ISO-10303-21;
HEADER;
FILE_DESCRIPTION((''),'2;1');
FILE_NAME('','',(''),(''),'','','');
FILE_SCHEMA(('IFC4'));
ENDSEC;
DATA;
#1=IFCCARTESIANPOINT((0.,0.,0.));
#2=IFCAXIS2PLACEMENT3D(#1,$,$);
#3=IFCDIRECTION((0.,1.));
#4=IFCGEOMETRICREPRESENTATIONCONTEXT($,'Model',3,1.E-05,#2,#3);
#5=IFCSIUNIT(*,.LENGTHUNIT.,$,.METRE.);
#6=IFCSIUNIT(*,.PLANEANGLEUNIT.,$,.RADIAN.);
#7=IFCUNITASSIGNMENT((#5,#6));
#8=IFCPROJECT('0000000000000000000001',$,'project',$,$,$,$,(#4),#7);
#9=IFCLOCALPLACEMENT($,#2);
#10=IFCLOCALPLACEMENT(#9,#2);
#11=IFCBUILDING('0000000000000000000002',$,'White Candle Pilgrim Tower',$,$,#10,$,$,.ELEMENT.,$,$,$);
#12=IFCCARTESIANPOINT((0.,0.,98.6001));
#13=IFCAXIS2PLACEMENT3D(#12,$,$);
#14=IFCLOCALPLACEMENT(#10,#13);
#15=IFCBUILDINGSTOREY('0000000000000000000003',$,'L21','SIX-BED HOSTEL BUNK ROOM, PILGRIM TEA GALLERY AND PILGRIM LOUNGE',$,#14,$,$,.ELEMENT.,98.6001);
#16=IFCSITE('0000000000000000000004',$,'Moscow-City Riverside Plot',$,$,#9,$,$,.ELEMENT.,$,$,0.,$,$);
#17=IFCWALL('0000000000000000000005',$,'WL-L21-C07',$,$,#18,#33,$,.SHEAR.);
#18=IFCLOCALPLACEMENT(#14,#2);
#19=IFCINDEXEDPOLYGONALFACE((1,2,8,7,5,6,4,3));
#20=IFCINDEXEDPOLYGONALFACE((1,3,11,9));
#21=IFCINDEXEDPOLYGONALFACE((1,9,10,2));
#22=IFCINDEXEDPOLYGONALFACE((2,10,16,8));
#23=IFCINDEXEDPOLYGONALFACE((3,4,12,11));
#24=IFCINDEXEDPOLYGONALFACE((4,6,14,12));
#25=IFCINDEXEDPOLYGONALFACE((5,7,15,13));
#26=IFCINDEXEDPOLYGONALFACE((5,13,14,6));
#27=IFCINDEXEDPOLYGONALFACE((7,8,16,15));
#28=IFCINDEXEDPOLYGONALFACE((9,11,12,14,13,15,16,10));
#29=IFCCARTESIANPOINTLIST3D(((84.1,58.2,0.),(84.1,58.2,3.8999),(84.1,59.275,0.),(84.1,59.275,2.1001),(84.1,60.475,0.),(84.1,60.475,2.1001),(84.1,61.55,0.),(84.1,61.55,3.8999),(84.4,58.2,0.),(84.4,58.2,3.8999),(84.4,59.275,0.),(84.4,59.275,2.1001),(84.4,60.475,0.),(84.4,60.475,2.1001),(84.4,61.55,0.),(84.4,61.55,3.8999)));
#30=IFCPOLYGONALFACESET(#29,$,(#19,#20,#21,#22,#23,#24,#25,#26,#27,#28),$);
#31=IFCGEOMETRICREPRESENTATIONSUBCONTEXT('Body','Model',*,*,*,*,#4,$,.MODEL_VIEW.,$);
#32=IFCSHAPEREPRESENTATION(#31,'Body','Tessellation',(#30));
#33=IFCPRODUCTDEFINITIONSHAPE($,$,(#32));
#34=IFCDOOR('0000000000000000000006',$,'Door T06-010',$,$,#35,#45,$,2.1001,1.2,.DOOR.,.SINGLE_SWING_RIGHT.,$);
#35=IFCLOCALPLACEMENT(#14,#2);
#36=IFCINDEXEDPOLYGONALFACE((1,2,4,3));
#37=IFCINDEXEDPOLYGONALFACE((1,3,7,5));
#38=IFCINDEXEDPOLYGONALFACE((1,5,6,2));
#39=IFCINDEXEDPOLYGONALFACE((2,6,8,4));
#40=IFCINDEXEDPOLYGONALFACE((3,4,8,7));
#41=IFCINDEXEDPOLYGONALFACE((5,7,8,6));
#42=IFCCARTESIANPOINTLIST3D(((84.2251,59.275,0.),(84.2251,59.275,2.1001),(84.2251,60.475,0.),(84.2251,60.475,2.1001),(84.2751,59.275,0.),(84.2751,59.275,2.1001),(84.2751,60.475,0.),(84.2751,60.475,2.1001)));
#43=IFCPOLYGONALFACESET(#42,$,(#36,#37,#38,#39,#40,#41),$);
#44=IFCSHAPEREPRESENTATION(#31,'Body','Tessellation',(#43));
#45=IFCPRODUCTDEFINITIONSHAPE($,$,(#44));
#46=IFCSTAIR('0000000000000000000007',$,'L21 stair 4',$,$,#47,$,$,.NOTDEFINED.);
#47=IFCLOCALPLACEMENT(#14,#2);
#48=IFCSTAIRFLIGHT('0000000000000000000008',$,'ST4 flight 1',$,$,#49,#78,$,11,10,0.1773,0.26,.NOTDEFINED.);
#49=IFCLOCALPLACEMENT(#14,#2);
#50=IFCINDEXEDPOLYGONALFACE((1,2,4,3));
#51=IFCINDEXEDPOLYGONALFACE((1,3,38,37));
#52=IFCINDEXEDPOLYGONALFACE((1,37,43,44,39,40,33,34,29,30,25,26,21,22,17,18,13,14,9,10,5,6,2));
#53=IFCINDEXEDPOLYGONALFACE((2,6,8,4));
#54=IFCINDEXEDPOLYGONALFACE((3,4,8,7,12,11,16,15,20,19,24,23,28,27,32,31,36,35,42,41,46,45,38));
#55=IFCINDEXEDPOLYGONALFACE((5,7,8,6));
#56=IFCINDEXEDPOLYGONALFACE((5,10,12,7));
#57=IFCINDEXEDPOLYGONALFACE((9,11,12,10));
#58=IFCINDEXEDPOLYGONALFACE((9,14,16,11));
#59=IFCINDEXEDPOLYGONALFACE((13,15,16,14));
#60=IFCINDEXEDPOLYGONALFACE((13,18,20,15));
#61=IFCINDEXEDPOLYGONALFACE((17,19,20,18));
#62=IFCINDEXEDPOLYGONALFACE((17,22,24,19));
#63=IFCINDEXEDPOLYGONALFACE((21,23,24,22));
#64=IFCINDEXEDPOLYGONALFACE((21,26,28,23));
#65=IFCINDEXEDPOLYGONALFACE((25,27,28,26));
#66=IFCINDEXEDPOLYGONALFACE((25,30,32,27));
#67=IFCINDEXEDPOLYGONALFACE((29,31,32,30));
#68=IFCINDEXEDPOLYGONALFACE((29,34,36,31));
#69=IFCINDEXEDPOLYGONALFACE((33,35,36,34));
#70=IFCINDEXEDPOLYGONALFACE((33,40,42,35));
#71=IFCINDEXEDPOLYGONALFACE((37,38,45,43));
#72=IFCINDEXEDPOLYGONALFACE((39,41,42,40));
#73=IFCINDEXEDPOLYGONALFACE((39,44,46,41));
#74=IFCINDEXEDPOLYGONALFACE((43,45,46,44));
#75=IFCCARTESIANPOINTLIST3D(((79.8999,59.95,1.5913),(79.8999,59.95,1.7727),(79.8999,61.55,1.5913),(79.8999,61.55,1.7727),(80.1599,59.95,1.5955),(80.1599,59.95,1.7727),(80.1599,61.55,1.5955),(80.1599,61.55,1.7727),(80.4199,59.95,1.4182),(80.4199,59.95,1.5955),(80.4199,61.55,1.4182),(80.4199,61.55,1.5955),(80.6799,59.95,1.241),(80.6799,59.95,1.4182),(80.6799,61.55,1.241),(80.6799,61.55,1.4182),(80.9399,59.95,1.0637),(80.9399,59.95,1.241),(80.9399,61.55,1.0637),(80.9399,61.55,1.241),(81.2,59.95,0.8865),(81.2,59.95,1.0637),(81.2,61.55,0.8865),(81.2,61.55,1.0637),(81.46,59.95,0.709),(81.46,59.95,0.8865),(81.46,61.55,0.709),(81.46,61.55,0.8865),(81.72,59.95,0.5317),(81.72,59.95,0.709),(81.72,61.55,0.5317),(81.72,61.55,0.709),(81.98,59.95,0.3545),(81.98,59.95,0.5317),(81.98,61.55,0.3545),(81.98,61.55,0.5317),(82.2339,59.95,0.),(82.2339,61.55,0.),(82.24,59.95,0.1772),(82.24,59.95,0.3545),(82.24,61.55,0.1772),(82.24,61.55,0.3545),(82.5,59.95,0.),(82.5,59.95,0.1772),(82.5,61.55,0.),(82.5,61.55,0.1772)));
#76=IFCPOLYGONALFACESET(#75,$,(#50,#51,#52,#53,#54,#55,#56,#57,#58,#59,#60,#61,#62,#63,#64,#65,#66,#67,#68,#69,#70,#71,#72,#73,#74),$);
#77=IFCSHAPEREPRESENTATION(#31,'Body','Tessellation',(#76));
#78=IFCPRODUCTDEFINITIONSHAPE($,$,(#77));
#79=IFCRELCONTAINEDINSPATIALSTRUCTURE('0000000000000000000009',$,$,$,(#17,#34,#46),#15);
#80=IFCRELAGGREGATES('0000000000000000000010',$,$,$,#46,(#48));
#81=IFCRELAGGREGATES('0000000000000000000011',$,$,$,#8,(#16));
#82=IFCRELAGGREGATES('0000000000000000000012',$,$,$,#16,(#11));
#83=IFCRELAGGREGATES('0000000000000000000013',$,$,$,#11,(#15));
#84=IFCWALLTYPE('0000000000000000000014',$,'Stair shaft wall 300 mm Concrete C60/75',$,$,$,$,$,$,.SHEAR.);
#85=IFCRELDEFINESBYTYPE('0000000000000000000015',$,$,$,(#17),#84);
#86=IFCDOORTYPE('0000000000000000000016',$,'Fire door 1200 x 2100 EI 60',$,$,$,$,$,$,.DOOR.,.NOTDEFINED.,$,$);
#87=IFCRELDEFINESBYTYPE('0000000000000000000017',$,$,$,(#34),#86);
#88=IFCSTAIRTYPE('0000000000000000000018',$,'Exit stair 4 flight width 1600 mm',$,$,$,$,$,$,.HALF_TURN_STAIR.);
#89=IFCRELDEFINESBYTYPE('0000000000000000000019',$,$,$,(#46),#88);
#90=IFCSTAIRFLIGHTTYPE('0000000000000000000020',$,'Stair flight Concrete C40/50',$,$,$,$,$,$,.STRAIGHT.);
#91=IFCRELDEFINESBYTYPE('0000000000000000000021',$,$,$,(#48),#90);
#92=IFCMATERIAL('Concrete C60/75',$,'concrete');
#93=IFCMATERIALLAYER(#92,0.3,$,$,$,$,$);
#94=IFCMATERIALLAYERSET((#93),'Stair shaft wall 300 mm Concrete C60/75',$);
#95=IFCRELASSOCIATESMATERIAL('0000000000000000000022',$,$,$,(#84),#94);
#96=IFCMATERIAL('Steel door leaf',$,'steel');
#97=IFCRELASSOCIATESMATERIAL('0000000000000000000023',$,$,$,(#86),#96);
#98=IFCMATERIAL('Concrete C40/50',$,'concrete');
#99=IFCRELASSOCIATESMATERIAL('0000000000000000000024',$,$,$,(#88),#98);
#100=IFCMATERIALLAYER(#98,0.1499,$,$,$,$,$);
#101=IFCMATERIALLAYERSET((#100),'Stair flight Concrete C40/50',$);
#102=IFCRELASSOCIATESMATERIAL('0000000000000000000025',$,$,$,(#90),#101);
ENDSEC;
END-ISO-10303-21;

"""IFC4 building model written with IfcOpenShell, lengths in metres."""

from ifc_helpers import new_model, si_unit, direction, frame, frame_2d, origin, place, context, subcontext, project, spatial, polyline, rectangle, outline, extrude, material, layer, layer_set, type_object, element, fill, aggregate, save


model = new_model("IFC4")

# Units and contexts
model_context = context("Model", 3, precision=1e-05, world=origin(), true_north=direction((0.0, 1.0)))
body_context = subcontext(model_context, "Body", "Model", "MODEL_VIEW")
ifc_project = project(units=[si_unit("LENGTHUNIT", "METRE"), si_unit("PLANEANGLEUNIT", "RADIAN")], contexts=[model_context])

# Site, building, storey
site_placement = place(None, origin())
site = spatial("IfcSite", under=ifc_project, at=site_placement, Name="Moscow-City Riverside Plot", CompositionType="ELEMENT", RefElevation=0.0)
building_placement = place(site_placement, origin())
building = spatial("IfcBuilding", under=site, at=building_placement, Name="White Candle Pilgrim Tower", CompositionType="ELEMENT")
storey_placement = place(building_placement, frame((0.0, 0.0, 98.6001)))
storey = spatial("IfcBuildingStorey", under=building, at=storey_placement, Name="L21", Description="SIX-BED HOSTEL BUNK ROOM, PILGRIM TEA GALLERY AND PILGRIM LOUNGE", CompositionType="ELEMENT", Elevation=98.6001)

# Shared definitions
ifc_material_1 = material(Name="Concrete C60/75", Category="concrete")

# Shared definitions
ifc_material_2 = material(Name="Steel door leaf", Category="steel")

# Wall, opening, door
ifc_layer_1 = layer(ifc_material_1, 0.3)
ifc_layer_set_1 = layer_set([ifc_layer_1], Name="Stair shaft wall 300 mm Concrete C60/75")
wall_type_1 = type_object("IfcWallType", Name="Stair shaft wall 300 mm Concrete C60/75", PredefinedType="SHEAR", material=ifc_layer_set_1)
wall_1_placement = place(storey_placement, frame((84.25, 58.2, 0.0), z_axis=(0.0, 0.0, 1.0), x_axis=(0.0, 1.0, 0.0)))
wall_1 = element("IfcWall", 1, at=wall_1_placement, inside=storey, type_object=wall_type_1, Name="WL-L21-C07", PredefinedType="SHEAR", context=body_context, shape_type="SweptSolid", body=[
    extrude(rectangle(XDim=3.3501, YDim=0.3, at=frame_2d((1.675, 0.0))), origin(), (0.0, 0.0, 1.0), 3.8999),
])
opening_1_placement = place(wall_1_placement, frame((1.075, 0.0, 0.0)))
opening_1 = element("IfcOpeningElement", 2, at=opening_1_placement, cuts=wall_1, PredefinedType="OPENING", context=body_context, shape_type="SweptSolid", body=[
    extrude(rectangle(XDim=1.2, YDim=2.1001, at=frame_2d((0.6001, 1.05))), frame((0.0, 0.1599, 0.0), z_axis=(0.0, -1.0, 0.0), x_axis=(1.0, 0.0, 0.0)), (0.0, 0.0, 1.0), 0.3201),
])
door_type_1 = type_object("IfcDoorType", Name="Fire door 1200 x 2100 EI 60", OperationType="NOTDEFINED", PredefinedType="DOOR", material=ifc_material_2)
door_1_placement = place(opening_1_placement, origin())
door_1 = element("IfcDoor", 3, at=door_1_placement, inside=storey, type_object=door_type_1, Name="Door T06-010", OperationType="SINGLE_SWING_RIGHT", OverallHeight=2.1001, OverallWidth=1.2, PredefinedType="DOOR", context=body_context, shape_type="SweptSolid", body=[
    extrude(rectangle(XDim=1.2, YDim=2.1001, at=frame_2d((0.6001, 1.05))), frame((0.0, 0.0249, 0.0), z_axis=(0.0, -1.0, 0.0), x_axis=(1.0, 0.0, 0.0)), (0.0, 0.0, 1.0), 0.05),
])
fill(opening_1, door_1)

# Stair, stair flight
ifc_material_3 = material(Name="Concrete C40/50", Category="concrete")
stair_type = type_object("IfcStairType", Name="Exit stair 4 flight width 1600 mm", PredefinedType="HALF_TURN_STAIR", material=ifc_material_3)
stair_placement = place(storey_placement, origin())
stair = element("IfcStair", 4, at=stair_placement, inside=storey, type_object=stair_type, Name="L21 stair 4", PredefinedType="NOTDEFINED")
ifc_layer_2 = layer(ifc_material_3, 0.1499)
ifc_layer_set_2 = layer_set([ifc_layer_2], Name="Stair flight Concrete C40/50")
stair_flight_type = type_object("IfcStairFlightType", Name="Stair flight Concrete C40/50", PredefinedType="STRAIGHT", material=ifc_layer_set_2)
stair_flight_placement = place(storey_placement, frame((82.5, 60.75, 0.0), z_axis=(0.0, 0.0, 1.0), x_axis=(-1.0, 0.0, 0.0)))
stair_flight = element("IfcStairFlight", 5, at=stair_flight_placement, type_object=stair_flight_type, Name="ST4 flight 1", NumberOfRisers=11, NumberOfTreads=10, PredefinedType="NOTDEFINED", RiserHeight=0.1773, TreadLength=0.26, context=body_context, shape_type="SweptSolid", body=[
    extrude(outline(polyline([(0.0, 0.0), (0.0, 0.1772), (0.26, 0.1772), (0.26, 0.3545), (0.52, 0.3545), (0.52, 0.5317), (0.78, 0.5317), (0.78, 0.709), (1.04, 0.709), (1.04, 0.8865), (1.3, 0.8865), (1.3, 1.0637), (1.5601, 1.0637), (1.5601, 1.241), (1.8201, 1.241), (1.8201, 1.4182), (2.0801, 1.4182), (2.0801, 1.5955), (2.3401, 1.5955), (2.3401, 1.7727), (2.6001, 1.7727), (2.6001, 1.95), (2.6001, 1.5913), (0.2661, 0.0), (0.0, 0.0)])), frame((0.0, 0.8, 0.0), z_axis=(0.0, -1.0, 0.0), x_axis=(1.0, 0.0, 0.0)), (0.0, 0.0, 1.0), 1.6001),
])
aggregate(stair, [stair_flight])

save(model, "model.ifc")
